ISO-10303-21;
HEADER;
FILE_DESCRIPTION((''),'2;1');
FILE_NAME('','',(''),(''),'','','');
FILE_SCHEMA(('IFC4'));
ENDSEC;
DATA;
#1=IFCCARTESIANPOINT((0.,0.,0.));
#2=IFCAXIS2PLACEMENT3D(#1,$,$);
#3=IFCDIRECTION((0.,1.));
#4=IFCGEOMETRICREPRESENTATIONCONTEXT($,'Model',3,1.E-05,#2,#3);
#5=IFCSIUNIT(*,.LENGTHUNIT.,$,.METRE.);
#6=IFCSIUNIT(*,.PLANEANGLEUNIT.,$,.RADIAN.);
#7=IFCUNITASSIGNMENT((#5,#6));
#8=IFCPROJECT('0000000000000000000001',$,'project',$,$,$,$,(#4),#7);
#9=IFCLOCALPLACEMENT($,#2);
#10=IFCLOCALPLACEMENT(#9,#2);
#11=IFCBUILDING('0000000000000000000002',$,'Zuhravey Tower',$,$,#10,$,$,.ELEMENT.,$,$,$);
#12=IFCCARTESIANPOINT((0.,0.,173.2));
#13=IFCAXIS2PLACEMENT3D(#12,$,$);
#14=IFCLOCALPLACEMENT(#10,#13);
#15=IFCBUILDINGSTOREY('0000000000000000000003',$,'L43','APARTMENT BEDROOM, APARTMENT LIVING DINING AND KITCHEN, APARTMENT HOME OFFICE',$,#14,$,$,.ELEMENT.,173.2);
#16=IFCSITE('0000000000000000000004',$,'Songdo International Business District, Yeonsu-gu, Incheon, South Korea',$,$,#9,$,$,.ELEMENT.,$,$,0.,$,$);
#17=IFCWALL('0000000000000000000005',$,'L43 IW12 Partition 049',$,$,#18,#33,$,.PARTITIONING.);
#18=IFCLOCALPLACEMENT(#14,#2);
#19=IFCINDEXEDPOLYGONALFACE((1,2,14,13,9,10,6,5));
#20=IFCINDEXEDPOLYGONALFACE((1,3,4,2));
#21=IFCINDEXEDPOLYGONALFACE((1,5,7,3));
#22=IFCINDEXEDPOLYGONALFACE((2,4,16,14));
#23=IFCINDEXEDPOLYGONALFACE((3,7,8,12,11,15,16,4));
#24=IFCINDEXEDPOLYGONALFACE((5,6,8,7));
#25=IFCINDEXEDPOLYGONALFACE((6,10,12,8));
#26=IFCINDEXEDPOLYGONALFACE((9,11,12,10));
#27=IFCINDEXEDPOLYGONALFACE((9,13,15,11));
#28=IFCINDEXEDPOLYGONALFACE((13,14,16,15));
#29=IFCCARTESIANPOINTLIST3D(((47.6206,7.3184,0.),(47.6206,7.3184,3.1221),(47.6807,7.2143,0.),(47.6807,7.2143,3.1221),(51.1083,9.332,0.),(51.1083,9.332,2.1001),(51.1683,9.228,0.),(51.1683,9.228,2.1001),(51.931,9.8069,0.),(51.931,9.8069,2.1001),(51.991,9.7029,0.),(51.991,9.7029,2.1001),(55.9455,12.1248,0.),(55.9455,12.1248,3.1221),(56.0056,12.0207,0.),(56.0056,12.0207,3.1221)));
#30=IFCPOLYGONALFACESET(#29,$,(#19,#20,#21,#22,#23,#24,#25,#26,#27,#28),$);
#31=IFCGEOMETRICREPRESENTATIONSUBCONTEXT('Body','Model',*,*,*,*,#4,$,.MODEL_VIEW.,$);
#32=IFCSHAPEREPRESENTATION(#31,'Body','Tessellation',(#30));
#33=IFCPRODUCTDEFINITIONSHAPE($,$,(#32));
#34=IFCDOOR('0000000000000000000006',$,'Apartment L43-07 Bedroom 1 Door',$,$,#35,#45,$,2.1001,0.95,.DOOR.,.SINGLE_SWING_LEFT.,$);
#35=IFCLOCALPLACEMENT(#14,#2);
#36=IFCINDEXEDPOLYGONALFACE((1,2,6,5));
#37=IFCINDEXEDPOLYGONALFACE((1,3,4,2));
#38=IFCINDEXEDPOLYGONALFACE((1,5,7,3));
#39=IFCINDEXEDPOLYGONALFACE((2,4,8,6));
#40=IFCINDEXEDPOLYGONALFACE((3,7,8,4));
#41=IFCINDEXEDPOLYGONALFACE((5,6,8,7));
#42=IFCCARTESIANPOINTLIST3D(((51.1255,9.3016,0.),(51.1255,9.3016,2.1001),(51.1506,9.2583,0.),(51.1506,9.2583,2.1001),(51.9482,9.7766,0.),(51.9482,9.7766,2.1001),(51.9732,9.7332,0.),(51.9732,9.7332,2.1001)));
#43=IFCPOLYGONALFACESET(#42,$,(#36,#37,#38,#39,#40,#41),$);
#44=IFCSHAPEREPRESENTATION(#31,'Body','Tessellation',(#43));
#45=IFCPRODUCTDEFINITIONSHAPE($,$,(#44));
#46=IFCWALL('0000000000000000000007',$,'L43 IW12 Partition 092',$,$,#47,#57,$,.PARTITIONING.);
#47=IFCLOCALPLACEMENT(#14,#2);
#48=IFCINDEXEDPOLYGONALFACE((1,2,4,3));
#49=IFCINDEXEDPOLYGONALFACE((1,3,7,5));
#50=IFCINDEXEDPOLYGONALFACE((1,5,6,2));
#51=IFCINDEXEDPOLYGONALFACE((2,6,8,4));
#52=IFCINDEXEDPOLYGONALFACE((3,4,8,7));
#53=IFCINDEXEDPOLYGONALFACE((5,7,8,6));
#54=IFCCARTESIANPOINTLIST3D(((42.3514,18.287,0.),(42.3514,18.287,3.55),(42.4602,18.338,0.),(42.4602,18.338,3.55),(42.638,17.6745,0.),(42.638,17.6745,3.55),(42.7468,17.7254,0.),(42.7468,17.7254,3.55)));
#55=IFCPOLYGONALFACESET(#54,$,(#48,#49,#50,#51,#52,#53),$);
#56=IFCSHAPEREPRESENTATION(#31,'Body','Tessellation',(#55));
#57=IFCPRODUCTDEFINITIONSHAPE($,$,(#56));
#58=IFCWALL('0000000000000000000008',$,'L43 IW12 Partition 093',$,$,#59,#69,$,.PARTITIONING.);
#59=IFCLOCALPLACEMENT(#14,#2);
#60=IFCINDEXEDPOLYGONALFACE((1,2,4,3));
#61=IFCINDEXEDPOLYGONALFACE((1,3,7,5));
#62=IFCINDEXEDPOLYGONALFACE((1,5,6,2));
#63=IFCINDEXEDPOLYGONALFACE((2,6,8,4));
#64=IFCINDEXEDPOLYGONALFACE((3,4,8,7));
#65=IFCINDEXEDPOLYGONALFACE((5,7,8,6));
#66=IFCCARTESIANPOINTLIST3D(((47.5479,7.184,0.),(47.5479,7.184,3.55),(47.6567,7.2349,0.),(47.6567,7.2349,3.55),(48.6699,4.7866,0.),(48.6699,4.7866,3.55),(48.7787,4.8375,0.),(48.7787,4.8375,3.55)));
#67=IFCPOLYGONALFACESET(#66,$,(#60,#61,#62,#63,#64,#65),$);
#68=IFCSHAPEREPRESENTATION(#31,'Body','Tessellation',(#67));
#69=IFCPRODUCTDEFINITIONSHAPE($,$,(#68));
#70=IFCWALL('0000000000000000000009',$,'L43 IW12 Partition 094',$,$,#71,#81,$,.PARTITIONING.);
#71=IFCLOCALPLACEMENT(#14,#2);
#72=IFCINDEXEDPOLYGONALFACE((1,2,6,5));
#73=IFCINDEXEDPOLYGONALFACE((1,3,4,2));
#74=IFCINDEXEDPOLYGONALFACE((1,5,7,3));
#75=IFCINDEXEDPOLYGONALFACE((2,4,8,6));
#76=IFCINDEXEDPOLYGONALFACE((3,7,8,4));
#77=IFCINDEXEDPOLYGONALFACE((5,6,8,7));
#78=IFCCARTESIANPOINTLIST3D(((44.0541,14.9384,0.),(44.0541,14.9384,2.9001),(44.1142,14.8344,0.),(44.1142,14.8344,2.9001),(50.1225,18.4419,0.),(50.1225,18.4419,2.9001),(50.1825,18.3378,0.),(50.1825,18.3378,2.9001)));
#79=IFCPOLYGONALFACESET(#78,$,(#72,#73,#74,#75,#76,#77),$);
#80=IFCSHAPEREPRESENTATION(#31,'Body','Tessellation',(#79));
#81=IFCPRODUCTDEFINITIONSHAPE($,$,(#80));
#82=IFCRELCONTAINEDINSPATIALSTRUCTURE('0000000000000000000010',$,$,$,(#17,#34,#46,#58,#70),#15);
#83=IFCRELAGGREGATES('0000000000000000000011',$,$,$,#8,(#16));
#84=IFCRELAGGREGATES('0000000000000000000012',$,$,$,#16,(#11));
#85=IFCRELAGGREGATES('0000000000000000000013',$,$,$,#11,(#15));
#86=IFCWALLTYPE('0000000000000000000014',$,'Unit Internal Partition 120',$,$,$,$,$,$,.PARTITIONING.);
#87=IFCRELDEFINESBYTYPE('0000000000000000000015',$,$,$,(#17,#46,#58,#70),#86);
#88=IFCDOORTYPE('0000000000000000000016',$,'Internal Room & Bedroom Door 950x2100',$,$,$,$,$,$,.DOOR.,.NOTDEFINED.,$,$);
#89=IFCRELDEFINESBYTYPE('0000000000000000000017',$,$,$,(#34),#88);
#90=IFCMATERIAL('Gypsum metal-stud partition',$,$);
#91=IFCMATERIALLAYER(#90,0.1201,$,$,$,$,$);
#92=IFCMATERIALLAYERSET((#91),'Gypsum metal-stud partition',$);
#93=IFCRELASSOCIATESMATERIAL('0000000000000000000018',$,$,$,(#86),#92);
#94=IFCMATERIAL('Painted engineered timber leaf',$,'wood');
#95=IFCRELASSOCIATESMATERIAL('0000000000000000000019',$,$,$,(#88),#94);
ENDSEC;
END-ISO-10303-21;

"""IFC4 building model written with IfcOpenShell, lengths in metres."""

from ifc_helpers import new_model, si_unit, direction, frame, frame_2d, origin, place, context, subcontext, project, spatial, rectangle, extrude, material, layer, layer_set, type_object, element, fill, save


model = new_model("IFC4")

# Units and contexts
model_context = context("Model", 3, precision=1e-05, world=origin(), true_north=direction((0.0, 1.0)))
body_context = subcontext(model_context, "Body", "Model", "MODEL_VIEW")
ifc_project = project(units=[si_unit("LENGTHUNIT", "METRE"), si_unit("PLANEANGLEUNIT", "RADIAN")], contexts=[model_context])

# Site, building, storey
site_placement = place(None, origin())
site = spatial("IfcSite", under=ifc_project, at=site_placement, Name="Songdo International Business District, Yeonsu-gu, Incheon, South Korea", CompositionType="ELEMENT", RefElevation=0.0)
building_placement = place(site_placement, origin())
building = spatial("IfcBuilding", under=site, at=building_placement, Name="Zuhravey Tower", CompositionType="ELEMENT")
storey_placement = place(building_placement, frame((0.0, 0.0, 173.2)))
storey = spatial("IfcBuildingStorey", under=building, at=storey_placement, Name="L43", Description="APARTMENT BEDROOM, APARTMENT LIVING DINING AND KITCHEN, APARTMENT HOME OFFICE", CompositionType="ELEMENT", Elevation=173.2)

# Wall, opening, door
ifc_material_1 = material(Name="Gypsum metal-stud partition")
ifc_layer_1 = layer(ifc_material_1, 0.1201)
ifc_layer_set_1 = layer_set([ifc_layer_1], Name="Gypsum metal-stud partition")
wall_type_1 = type_object("IfcWallType", Name="Unit Internal Partition 120", PredefinedType="PARTITIONING", material=ifc_layer_set_1)
ifc_material_2 = material(Name="Painted engineered timber leaf", Category="wood")
door_type_1 = type_object("IfcDoorType", Name="Internal Room & Bedroom Door 950x2100", OperationType="NOTDEFINED", PredefinedType="DOOR", material=ifc_material_2)
wall_1_placement = place(storey_placement, frame((47.6506, 7.2664, 0.0), z_axis=(0.0, 0.0, 1.0), x_axis=(0.866026, 0.499999, 0.0)))
wall_1 = element("IfcWall", 1, at=wall_1_placement, inside=storey, type_object=wall_type_1, Name="L43 IW12 Partition 049", PredefinedType="PARTITIONING", context=body_context, shape_type="SweptSolid", body=[
    extrude(rectangle(XDim=9.6128, YDim=0.1201, at=frame_2d((4.8064, 0.0))), origin(), (0.0, 0.0, 1.0), 3.1221),
])
opening_1_placement = place(wall_1_placement, frame((4.0271, 0.0, 0.0)))
opening_1 = element("IfcOpeningElement", 2, at=opening_1_placement, cuts=wall_1, PredefinedType="OPENING", context=body_context, shape_type="SweptSolid", body=[
    extrude(rectangle(XDim=0.95, YDim=2.1001, at=frame_2d((0.4751, 1.05))), frame((0.0, 0.072, 0.0), z_axis=(0.0, -1.0, 0.0), x_axis=(1.0, 0.0, 0.0)), (0.0, 0.0, 1.0), 0.144),
])
door_1_placement = place(opening_1_placement, frame((0.95, 0.0, 0.0), z_axis=(0.0, 0.0, 1.0), x_axis=(-1.0, 0.0, 0.0)))
door_1 = element("IfcDoor", 3, at=door_1_placement, inside=storey, type_object=door_type_1, Name="Apartment L43-07 Bedroom 1 Door", OperationType="SINGLE_SWING_LEFT", OverallHeight=2.1001, OverallWidth=0.95, PredefinedType="DOOR", context=body_context, shape_type="SweptSolid", body=[
    extrude(rectangle(XDim=0.95, YDim=2.1001, at=frame_2d((0.4751, 1.05))), frame((0.0, 0.0249, 0.0), z_axis=(0.0, -1.0, 0.0), x_axis=(1.0, 0.0, 0.0)), (0.0, 0.0, 1.0), 0.05),
])
fill(opening_1, door_1)

# Walls
wall_2_placement = place(storey_placement, frame((42.4058, 18.3125, 0.0), z_axis=(0.0, 0.0, 1.0), x_axis=(0.423814, -0.905749, 0.0)))
element("IfcWall", 4, at=wall_2_placement, inside=storey, type_object=wall_type_1, Name="L43 IW12 Partition 092", PredefinedType="PARTITIONING", context=body_context, shape_type="SweptSolid", body=[
    extrude(rectangle(XDim=0.6763, YDim=0.1201, at=frame_2d((0.3381, 0.0))), origin(), (0.0, 0.0, 1.0), 3.55),
])
wall_3_placement = place(storey_placement, frame((47.6023, 7.2095, 0.0), z_axis=(0.0, 0.0, 1.0), x_axis=(0.423895, -0.905711, 0.0)))
element("IfcWall", 5, at=wall_3_placement, inside=storey, type_object=wall_type_1, Name="L43 IW12 Partition 093", PredefinedType="PARTITIONING", context=body_context, shape_type="SweptSolid", body=[
    extrude(rectangle(XDim=2.647, YDim=0.1201, at=frame_2d((1.3235, 0.0))), origin(), (0.0, 0.0, 1.0), 3.55),
])
wall_4_placement = place(storey_placement, frame((44.0842, 14.8865, 0.0), z_axis=(0.0, 0.0, 1.0), x_axis=(0.866035, 0.499984, 0.0)))
element("IfcWall", 6, at=wall_4_placement, inside=storey, type_object=wall_type_1, Name="L43 IW12 Partition 094", PredefinedType="PARTITIONING", context=body_context, shape_type="SweptSolid", body=[
    extrude(rectangle(XDim=7.0071, YDim=0.1201, at=frame_2d((3.5034, 0.0))), origin(), (0.0, 0.0, 1.0), 2.9001),
])

save(model, "model.ifc")
